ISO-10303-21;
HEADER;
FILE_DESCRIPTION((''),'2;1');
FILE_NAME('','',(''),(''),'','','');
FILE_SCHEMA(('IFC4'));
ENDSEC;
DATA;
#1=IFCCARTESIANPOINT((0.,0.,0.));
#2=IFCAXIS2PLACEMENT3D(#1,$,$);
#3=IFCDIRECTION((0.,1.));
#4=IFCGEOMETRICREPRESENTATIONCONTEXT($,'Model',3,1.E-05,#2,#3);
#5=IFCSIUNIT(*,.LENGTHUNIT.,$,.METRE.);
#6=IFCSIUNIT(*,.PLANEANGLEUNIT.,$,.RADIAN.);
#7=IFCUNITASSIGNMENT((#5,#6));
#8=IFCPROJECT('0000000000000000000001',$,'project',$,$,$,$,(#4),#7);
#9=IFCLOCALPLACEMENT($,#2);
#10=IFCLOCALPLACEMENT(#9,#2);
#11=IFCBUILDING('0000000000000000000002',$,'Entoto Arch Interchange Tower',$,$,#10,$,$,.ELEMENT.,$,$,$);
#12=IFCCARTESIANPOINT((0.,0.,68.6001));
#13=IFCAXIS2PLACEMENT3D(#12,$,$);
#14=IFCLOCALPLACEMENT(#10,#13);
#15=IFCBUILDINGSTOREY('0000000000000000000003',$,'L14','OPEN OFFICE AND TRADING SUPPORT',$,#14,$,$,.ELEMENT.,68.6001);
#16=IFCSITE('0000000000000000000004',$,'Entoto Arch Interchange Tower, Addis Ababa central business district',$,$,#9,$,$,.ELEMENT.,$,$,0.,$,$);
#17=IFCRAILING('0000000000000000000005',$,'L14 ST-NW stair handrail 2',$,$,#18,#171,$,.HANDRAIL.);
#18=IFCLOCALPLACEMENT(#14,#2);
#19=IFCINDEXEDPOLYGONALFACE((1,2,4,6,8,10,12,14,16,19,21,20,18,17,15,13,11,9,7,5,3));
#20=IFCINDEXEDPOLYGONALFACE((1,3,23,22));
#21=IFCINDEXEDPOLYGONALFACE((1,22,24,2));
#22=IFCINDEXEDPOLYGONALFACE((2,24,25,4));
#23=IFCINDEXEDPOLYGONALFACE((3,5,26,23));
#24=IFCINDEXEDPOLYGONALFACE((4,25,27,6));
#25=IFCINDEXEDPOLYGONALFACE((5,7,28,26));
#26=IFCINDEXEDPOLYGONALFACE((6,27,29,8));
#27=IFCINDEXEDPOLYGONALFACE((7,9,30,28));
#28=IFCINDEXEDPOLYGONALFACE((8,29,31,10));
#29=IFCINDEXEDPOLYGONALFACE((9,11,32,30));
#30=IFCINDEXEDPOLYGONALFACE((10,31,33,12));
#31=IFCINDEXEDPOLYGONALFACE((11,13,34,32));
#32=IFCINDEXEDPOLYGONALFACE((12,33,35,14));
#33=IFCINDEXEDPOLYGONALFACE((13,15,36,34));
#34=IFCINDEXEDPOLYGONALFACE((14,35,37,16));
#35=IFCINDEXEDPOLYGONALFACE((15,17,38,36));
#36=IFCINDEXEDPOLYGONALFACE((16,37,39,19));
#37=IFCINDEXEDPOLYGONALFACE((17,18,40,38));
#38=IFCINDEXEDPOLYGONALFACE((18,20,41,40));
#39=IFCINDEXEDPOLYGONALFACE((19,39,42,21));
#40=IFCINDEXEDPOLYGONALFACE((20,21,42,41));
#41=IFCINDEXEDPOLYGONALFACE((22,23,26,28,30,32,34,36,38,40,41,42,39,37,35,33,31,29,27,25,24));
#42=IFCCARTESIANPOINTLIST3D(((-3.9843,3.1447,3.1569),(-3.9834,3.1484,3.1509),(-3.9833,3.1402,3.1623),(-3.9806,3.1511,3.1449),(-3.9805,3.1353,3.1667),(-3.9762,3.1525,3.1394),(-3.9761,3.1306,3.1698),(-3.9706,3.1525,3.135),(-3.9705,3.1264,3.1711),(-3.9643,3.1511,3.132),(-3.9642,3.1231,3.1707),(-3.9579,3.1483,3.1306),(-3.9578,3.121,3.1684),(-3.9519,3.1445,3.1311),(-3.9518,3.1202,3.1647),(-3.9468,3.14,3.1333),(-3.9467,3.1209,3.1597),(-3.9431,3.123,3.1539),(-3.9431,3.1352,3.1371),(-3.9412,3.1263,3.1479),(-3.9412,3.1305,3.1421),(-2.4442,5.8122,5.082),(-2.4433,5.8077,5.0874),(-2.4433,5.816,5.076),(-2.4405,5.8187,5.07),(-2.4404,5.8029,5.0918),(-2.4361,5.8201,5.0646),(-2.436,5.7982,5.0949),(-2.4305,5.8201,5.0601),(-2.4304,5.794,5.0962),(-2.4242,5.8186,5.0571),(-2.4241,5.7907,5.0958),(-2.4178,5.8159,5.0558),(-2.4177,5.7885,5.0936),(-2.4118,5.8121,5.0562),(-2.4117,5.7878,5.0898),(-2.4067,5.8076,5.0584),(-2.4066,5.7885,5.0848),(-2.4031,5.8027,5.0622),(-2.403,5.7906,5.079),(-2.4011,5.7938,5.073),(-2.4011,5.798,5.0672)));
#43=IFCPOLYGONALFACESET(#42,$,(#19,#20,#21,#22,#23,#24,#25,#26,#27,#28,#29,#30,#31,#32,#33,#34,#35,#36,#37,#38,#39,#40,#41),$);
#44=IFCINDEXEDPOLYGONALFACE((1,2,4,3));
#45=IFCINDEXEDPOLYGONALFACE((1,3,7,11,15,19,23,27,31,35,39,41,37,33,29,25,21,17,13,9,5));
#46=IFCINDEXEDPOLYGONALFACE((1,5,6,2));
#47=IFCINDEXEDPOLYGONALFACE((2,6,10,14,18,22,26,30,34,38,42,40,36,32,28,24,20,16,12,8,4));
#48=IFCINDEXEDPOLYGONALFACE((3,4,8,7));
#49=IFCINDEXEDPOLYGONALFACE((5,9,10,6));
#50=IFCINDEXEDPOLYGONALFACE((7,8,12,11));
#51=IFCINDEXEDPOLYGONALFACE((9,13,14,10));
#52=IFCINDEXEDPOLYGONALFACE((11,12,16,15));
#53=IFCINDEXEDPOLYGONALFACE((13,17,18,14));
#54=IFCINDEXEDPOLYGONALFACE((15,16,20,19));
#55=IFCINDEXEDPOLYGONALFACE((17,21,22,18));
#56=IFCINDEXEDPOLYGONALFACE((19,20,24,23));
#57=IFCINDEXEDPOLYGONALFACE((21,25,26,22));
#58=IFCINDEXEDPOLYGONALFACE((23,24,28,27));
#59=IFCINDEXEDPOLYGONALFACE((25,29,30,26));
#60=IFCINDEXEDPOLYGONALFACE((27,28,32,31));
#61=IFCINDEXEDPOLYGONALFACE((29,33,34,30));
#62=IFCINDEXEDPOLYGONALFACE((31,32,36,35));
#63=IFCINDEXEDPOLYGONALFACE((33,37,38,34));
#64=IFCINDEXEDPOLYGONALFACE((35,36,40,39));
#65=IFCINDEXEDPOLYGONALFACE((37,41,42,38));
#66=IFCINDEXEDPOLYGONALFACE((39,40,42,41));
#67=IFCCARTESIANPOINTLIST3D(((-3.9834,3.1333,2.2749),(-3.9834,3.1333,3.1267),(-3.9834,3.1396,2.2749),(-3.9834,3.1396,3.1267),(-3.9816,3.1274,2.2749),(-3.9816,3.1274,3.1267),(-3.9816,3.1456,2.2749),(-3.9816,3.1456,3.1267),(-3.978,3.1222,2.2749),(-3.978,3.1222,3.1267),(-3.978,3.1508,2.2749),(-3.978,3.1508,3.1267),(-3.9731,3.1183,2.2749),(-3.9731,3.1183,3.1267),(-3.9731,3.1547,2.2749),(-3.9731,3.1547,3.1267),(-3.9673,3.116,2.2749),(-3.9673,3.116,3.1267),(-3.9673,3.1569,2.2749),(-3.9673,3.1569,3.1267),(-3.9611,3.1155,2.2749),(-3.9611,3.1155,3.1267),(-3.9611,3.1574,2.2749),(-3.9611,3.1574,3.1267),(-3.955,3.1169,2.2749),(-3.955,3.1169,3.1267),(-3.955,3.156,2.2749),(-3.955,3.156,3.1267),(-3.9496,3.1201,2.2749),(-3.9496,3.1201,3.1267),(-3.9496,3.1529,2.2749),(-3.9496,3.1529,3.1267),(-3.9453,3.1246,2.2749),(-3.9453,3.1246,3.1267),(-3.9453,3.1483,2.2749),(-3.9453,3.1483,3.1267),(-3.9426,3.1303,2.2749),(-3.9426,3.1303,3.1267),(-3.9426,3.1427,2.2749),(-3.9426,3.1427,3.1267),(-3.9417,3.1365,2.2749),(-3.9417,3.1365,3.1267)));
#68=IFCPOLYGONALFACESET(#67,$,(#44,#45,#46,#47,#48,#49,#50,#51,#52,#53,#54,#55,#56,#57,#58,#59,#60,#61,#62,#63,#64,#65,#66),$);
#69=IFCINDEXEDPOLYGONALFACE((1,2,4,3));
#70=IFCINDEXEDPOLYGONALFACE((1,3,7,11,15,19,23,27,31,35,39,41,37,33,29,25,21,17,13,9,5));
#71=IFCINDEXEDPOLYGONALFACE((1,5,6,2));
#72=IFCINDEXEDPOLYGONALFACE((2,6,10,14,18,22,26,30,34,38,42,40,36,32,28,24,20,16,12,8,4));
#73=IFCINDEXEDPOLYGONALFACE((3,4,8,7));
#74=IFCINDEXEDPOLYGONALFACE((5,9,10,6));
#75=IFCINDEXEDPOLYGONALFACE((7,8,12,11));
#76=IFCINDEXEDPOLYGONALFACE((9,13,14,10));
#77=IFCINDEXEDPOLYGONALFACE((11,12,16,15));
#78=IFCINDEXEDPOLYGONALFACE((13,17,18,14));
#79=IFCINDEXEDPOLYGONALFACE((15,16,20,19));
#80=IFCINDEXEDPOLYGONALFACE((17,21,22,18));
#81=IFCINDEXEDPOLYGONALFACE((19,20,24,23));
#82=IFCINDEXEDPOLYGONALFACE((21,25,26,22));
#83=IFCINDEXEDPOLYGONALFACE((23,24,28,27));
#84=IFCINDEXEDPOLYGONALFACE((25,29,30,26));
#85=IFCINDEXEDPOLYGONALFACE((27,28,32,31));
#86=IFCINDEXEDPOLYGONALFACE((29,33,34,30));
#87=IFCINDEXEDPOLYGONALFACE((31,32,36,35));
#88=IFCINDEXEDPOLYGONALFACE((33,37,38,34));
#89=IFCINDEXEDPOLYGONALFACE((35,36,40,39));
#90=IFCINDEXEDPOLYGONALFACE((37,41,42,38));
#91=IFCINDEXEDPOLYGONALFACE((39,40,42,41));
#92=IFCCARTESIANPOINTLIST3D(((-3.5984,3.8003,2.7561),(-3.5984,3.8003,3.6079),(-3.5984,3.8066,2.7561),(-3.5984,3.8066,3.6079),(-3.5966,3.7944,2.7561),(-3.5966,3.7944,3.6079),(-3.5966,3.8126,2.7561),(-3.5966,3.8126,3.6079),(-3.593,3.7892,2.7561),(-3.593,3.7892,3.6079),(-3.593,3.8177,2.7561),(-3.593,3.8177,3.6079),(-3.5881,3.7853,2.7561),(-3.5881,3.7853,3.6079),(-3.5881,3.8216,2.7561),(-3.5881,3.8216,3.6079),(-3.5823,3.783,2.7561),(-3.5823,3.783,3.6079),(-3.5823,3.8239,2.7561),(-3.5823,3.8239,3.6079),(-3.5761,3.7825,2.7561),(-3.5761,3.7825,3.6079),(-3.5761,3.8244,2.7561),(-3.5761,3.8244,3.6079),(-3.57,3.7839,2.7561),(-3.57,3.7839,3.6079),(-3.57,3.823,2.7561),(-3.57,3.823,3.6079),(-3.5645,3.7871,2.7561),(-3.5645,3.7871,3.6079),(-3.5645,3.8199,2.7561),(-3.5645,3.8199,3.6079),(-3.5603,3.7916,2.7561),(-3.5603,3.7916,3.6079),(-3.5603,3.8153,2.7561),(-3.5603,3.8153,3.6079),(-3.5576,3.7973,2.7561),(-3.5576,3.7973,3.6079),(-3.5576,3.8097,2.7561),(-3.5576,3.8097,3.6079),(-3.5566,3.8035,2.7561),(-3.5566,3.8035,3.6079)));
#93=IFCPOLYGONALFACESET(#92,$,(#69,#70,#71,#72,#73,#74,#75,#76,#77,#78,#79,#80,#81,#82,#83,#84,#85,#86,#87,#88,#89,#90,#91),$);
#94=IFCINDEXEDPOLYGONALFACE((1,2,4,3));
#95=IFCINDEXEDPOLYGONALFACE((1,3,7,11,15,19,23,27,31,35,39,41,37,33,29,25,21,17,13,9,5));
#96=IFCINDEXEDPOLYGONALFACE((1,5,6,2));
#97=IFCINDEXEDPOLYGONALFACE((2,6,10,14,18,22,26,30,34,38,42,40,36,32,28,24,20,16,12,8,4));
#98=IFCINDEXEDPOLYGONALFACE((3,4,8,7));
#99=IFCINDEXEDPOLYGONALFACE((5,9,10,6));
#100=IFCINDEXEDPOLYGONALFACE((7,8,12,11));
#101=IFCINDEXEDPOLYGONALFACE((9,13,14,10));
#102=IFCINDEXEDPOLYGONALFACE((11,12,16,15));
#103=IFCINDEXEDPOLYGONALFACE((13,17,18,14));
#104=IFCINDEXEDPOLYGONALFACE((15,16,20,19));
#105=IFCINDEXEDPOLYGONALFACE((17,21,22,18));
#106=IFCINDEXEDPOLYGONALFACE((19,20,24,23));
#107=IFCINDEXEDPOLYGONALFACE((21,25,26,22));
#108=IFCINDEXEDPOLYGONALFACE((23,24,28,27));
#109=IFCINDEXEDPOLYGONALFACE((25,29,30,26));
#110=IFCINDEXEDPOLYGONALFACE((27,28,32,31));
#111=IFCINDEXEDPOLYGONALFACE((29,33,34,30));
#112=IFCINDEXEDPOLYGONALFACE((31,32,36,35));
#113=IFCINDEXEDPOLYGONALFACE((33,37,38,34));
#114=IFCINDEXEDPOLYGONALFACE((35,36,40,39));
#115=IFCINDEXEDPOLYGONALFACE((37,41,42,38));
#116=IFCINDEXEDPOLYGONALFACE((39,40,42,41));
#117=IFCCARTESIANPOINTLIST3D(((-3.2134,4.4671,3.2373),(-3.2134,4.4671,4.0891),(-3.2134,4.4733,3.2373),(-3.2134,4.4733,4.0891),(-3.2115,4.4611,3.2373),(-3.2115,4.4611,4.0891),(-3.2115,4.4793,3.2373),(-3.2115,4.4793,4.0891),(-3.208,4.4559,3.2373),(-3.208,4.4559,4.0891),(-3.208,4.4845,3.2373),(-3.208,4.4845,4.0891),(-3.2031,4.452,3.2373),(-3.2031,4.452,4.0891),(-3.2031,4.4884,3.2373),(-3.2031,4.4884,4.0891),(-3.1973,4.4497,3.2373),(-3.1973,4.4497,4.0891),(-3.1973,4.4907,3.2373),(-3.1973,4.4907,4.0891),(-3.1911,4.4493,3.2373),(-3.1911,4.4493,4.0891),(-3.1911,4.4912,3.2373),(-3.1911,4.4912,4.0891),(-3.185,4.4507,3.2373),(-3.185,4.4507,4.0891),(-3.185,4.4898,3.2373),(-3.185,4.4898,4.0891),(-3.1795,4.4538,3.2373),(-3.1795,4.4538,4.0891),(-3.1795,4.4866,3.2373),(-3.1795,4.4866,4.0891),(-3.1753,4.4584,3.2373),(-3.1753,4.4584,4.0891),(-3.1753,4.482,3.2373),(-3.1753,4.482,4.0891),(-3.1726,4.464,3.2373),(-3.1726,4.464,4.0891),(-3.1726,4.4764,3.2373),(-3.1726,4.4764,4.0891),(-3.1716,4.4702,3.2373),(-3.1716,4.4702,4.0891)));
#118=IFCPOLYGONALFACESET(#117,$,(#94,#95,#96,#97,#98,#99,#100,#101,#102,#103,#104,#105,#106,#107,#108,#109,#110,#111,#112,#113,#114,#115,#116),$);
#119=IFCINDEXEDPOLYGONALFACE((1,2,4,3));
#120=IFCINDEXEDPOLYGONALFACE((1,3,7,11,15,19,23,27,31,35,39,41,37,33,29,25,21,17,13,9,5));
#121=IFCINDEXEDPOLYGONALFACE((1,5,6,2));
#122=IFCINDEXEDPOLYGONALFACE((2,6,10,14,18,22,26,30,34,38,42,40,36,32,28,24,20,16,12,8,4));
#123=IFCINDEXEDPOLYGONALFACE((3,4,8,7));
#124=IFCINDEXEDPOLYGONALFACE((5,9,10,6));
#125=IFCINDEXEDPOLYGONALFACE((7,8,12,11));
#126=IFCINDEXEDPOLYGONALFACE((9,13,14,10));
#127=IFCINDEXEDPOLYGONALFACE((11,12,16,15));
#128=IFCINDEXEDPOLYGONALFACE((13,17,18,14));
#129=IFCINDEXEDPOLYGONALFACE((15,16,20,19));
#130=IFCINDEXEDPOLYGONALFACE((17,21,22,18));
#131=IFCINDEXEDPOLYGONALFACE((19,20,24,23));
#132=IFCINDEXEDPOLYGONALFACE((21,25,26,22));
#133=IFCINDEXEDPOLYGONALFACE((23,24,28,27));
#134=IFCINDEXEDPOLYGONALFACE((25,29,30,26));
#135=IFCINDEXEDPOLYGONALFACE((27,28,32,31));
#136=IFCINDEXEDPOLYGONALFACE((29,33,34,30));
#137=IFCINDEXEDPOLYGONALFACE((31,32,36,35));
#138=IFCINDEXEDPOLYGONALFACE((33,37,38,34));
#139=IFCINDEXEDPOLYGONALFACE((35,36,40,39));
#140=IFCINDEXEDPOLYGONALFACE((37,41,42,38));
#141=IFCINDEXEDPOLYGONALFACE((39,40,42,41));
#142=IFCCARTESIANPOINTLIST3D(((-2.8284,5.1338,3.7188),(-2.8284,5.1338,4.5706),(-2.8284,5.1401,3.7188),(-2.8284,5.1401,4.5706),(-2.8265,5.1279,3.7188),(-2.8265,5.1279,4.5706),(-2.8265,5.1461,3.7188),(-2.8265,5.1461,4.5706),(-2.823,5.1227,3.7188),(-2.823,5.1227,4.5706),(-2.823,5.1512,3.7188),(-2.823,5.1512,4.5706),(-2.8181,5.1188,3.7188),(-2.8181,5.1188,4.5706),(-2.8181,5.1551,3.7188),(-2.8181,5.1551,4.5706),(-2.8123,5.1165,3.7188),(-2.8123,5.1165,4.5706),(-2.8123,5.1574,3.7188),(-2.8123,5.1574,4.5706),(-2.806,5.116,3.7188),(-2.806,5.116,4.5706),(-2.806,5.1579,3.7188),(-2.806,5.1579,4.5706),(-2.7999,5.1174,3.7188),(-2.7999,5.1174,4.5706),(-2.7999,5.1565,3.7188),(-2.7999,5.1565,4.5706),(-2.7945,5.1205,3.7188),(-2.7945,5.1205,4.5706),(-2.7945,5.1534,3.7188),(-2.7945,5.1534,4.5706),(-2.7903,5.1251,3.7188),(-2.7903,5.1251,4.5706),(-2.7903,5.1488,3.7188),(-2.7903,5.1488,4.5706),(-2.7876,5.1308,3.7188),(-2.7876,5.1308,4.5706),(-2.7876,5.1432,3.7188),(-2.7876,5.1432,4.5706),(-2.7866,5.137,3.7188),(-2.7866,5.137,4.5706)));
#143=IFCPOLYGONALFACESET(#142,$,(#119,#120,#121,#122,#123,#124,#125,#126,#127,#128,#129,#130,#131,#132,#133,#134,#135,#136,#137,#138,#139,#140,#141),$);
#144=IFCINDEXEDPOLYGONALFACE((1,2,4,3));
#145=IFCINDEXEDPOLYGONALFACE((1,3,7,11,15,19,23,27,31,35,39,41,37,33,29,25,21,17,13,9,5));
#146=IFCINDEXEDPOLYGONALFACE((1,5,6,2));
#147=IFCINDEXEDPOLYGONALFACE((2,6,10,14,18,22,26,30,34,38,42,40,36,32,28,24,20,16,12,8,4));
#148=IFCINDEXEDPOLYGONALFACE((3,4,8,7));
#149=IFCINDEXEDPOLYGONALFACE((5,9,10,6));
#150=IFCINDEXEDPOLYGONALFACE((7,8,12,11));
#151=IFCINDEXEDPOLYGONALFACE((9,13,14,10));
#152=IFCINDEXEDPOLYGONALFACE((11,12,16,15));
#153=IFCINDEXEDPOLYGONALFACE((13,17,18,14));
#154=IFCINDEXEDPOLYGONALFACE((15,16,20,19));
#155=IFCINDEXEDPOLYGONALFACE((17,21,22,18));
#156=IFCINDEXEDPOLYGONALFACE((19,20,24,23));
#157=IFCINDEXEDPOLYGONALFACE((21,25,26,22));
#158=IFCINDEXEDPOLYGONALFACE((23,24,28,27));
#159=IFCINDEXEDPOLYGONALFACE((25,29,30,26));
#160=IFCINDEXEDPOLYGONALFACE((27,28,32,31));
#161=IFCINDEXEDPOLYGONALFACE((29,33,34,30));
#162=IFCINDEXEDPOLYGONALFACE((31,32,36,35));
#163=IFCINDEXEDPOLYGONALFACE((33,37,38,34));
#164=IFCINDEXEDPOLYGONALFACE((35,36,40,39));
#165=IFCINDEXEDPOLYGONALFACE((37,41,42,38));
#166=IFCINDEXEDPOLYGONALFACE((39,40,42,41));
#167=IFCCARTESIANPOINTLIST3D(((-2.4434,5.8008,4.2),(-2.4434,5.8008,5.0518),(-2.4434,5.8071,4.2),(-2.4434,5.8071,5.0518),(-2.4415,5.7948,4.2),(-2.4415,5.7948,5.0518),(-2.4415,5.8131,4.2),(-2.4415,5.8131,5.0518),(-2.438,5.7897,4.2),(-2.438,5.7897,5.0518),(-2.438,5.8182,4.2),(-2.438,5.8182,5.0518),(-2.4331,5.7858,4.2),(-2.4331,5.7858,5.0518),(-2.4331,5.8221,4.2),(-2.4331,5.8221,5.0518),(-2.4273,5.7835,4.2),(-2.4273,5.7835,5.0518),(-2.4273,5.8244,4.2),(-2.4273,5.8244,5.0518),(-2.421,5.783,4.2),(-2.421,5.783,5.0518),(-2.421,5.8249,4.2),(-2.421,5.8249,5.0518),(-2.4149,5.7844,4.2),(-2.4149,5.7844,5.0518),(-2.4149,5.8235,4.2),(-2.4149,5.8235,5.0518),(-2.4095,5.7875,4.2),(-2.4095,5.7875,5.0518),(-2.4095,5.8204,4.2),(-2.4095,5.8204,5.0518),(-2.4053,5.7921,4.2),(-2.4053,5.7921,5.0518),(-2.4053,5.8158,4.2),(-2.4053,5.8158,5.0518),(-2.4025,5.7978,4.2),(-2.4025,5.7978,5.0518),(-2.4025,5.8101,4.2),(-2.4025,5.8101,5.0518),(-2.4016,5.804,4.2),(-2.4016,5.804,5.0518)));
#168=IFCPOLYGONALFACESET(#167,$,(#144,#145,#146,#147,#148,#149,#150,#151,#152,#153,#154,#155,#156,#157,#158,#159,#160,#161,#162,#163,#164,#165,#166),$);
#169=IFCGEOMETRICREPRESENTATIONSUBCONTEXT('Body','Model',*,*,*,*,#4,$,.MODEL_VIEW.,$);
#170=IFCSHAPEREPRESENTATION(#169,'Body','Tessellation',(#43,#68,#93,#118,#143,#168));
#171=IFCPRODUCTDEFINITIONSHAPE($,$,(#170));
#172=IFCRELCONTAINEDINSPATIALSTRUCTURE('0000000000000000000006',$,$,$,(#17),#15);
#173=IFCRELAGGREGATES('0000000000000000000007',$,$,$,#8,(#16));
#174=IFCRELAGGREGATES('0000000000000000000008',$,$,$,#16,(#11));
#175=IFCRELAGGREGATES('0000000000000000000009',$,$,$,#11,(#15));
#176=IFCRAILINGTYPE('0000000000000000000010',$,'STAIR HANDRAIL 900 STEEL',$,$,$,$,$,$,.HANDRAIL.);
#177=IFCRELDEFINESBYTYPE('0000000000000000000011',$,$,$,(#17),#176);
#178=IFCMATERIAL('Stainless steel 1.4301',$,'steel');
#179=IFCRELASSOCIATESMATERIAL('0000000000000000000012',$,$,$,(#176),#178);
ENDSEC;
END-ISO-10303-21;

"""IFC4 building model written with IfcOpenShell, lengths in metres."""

from ifc_helpers import new_model, si_unit, direction, frame, origin, origin_2d, place, context, subcontext, project, spatial, circle, extrude, material, type_object, element, save


model = new_model("IFC4")

# Units and contexts
model_context = context("Model", 3, precision=1e-05, world=origin(), true_north=direction((0.0, 1.0)))
body_context = subcontext(model_context, "Body", "Model", "MODEL_VIEW")
ifc_project = project(units=[si_unit("LENGTHUNIT", "METRE"), si_unit("PLANEANGLEUNIT", "RADIAN")], contexts=[model_context])

# Site, building, storey
site_placement = place(None, origin())
site = spatial("IfcSite", under=ifc_project, at=site_placement, Name="Entoto Arch Interchange Tower, Addis Ababa central business district", CompositionType="ELEMENT", RefElevation=0.0)
building_placement = place(site_placement, origin())
building = spatial("IfcBuilding", under=site, at=building_placement, Name="Entoto Arch Interchange Tower", CompositionType="ELEMENT")
storey_placement = place(building_placement, frame((0.0, 0.0, 68.6001)))
storey = spatial("IfcBuildingStorey", under=building, at=storey_placement, Name="L14", Description="OPEN OFFICE AND TRADING SUPPORT", CompositionType="ELEMENT", Elevation=68.6001)

# Railing
ifc_material_1 = material(Name="Stainless steel 1.4301", Category="steel")
railing_type_1 = type_object("IfcRailingType", Name="STAIR HANDRAIL 900 STEEL", PredefinedType="HANDRAIL", material=ifc_material_1)
railing_1_placement = place(storey_placement, frame((-3.9626, 3.1365, 2.2749)))
element("IfcRailing", 1, at=railing_1_placement, inside=storey, type_object=railing_type_1, Name="L14 ST-NW stair handrail 2", PredefinedType="HANDRAIL", context=body_context, shape_type="SweptSolid", body=[
    extrude(circle(Radius=0.0239, at=origin_2d()), frame((0.0, 0.0, 0.876), z_axis=(0.423994, 0.734395, 0.529993), x_axis=(-0.86603, 0.499992, 0.0)), (0.0, 0.0, 1.0), 3.6323),
    extrude(circle(Radius=0.021, at=origin_2d()), origin(), (0.0, 0.0, 1.0), 0.8518),
    extrude(circle(Radius=0.021, at=origin_2d()), frame((0.385, 0.667, 0.4812)), (0.0, 0.0, 1.0), 0.8518),
    extrude(circle(Radius=0.021, at=origin_2d()), frame((0.77, 1.3337, 0.9624)), (0.0, 0.0, 1.0), 0.8518),
    extrude(circle(Radius=0.021, at=origin_2d()), frame((1.155, 2.0005, 1.4438)), (0.0, 0.0, 1.0), 0.8518),
    extrude(circle(Radius=0.021, at=origin_2d()), frame((1.54, 2.6675, 1.925)), (0.0, 0.0, 1.0), 0.8518),
])

save(model, "model.ifc")
